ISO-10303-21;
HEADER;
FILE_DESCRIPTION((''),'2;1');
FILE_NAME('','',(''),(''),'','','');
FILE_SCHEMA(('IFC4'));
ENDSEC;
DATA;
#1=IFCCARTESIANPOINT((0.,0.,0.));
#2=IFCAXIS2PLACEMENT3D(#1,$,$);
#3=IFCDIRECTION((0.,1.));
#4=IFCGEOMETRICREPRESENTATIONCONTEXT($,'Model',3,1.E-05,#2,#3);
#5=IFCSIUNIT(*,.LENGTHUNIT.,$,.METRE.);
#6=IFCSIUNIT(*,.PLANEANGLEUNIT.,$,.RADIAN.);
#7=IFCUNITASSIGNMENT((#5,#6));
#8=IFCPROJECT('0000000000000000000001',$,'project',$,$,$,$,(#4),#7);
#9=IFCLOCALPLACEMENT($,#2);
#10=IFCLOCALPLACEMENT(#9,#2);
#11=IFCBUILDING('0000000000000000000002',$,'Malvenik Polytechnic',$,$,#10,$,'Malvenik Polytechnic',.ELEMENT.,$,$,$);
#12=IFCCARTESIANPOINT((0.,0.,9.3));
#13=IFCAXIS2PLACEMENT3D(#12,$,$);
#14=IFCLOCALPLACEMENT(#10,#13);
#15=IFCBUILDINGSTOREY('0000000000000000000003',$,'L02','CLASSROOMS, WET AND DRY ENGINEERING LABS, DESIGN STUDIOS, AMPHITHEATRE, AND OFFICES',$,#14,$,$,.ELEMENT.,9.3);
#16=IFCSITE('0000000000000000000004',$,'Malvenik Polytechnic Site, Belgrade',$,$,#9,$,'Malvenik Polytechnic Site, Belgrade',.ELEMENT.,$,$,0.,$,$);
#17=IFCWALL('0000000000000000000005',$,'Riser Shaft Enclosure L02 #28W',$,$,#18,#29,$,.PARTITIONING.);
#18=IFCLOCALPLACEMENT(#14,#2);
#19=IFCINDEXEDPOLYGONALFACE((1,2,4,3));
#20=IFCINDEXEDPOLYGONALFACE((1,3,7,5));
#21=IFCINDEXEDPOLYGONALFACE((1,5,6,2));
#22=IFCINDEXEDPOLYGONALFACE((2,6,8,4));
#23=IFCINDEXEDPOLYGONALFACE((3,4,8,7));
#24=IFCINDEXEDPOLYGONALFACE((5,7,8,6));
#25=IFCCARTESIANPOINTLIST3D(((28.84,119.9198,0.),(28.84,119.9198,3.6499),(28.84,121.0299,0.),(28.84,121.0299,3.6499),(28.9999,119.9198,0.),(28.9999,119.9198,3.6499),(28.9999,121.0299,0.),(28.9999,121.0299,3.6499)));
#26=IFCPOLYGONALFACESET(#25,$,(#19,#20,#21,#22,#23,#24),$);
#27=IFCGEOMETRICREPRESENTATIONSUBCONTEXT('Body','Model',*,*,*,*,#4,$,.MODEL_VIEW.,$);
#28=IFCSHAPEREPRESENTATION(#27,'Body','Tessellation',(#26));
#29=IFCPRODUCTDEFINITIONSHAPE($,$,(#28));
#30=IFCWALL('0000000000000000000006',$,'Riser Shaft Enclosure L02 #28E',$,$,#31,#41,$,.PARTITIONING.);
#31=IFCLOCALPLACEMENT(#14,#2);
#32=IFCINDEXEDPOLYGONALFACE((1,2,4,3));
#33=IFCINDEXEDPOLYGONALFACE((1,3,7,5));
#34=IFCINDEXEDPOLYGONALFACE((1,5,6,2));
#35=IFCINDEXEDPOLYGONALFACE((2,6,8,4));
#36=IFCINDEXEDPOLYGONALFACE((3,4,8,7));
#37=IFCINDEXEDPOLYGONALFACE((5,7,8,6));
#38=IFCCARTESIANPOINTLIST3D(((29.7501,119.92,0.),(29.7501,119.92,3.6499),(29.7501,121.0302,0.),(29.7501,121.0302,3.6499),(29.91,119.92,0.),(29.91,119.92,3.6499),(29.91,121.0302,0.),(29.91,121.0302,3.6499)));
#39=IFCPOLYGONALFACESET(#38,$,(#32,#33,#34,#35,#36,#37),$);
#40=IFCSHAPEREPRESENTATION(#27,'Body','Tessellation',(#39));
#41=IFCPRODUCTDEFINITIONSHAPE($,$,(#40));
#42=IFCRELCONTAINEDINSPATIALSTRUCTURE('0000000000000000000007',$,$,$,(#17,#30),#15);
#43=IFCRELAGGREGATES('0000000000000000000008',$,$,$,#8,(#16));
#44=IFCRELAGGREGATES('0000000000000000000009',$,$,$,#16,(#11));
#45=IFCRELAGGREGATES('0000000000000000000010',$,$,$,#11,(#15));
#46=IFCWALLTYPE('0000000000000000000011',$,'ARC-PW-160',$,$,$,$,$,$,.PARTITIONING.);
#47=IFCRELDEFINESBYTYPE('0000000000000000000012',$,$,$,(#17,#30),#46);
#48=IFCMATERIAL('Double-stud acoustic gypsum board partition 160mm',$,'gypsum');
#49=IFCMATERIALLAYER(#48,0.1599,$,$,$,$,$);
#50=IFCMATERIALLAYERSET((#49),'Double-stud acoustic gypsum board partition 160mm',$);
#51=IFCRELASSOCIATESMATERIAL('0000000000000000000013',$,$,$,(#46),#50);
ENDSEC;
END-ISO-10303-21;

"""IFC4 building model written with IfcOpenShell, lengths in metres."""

from ifc_helpers import new_model, si_unit, direction, frame, frame_2d, origin, place, context, subcontext, project, spatial, rectangle, extrude, material, layer, layer_set, type_object, element, save


model = new_model("IFC4")

# Units and contexts
model_context = context("Model", 3, precision=1e-05, world=origin(), true_north=direction((0.0, 1.0)))
body_context = subcontext(model_context, "Body", "Model", "MODEL_VIEW")
ifc_project = project(units=[si_unit("LENGTHUNIT", "METRE"), si_unit("PLANEANGLEUNIT", "RADIAN")], contexts=[model_context])

# Site, building, storey
site_placement = place(None, origin())
site = spatial("IfcSite", under=ifc_project, at=site_placement, Name="Malvenik Polytechnic Site, Belgrade", LongName="Malvenik Polytechnic Site, Belgrade", CompositionType="ELEMENT", RefElevation=0.0)
building_placement = place(site_placement, origin())
building = spatial("IfcBuilding", under=site, at=building_placement, Name="Malvenik Polytechnic", LongName="Malvenik Polytechnic", CompositionType="ELEMENT")
storey_placement = place(building_placement, frame((0.0, 0.0, 9.3)))
storey = spatial("IfcBuildingStorey", under=building, at=storey_placement, Name="L02", Description="CLASSROOMS, WET AND DRY ENGINEERING LABS, DESIGN STUDIOS, AMPHITHEATRE, AND OFFICES", CompositionType="ELEMENT", Elevation=9.3)

# Walls
ifc_material_1 = material(Name="Double-stud acoustic gypsum board partition 160mm", Category="gypsum")
ifc_layer_1 = layer(ifc_material_1, 0.1599)
ifc_layer_set_1 = layer_set([ifc_layer_1], Name="Double-stud acoustic gypsum board partition 160mm")
wall_type_1 = type_object("IfcWallType", Name="ARC-PW-160", PredefinedType="PARTITIONING", material=ifc_layer_set_1)
for number, where, z_axis, x_axis, name in (
    (1, (28.9199, 121.03, 0.0), (0.0, 0.0, 1.0), (0.0, -1.0, 0.0), "Riser Shaft Enclosure L02 #28W"),
    (2, (29.8301, 119.9199, 0.0), (0.0, 0.0, 1.0), (0.0, 1.0, 0.0), "Riser Shaft Enclosure L02 #28E"),
):
    element("IfcWall", number, at=place(storey_placement, frame(where, z_axis=z_axis, x_axis=x_axis)), inside=storey, type_object=wall_type_1, Name=name, PredefinedType="PARTITIONING", context=body_context, shape_type="SweptSolid", body=[
        extrude(rectangle(XDim=1.1101, YDim=0.1599, at=frame_2d((0.5552, 0.0))), origin(), (0.0, 0.0, 1.0), 3.6499),
    ])

save(model, "model.ifc")
